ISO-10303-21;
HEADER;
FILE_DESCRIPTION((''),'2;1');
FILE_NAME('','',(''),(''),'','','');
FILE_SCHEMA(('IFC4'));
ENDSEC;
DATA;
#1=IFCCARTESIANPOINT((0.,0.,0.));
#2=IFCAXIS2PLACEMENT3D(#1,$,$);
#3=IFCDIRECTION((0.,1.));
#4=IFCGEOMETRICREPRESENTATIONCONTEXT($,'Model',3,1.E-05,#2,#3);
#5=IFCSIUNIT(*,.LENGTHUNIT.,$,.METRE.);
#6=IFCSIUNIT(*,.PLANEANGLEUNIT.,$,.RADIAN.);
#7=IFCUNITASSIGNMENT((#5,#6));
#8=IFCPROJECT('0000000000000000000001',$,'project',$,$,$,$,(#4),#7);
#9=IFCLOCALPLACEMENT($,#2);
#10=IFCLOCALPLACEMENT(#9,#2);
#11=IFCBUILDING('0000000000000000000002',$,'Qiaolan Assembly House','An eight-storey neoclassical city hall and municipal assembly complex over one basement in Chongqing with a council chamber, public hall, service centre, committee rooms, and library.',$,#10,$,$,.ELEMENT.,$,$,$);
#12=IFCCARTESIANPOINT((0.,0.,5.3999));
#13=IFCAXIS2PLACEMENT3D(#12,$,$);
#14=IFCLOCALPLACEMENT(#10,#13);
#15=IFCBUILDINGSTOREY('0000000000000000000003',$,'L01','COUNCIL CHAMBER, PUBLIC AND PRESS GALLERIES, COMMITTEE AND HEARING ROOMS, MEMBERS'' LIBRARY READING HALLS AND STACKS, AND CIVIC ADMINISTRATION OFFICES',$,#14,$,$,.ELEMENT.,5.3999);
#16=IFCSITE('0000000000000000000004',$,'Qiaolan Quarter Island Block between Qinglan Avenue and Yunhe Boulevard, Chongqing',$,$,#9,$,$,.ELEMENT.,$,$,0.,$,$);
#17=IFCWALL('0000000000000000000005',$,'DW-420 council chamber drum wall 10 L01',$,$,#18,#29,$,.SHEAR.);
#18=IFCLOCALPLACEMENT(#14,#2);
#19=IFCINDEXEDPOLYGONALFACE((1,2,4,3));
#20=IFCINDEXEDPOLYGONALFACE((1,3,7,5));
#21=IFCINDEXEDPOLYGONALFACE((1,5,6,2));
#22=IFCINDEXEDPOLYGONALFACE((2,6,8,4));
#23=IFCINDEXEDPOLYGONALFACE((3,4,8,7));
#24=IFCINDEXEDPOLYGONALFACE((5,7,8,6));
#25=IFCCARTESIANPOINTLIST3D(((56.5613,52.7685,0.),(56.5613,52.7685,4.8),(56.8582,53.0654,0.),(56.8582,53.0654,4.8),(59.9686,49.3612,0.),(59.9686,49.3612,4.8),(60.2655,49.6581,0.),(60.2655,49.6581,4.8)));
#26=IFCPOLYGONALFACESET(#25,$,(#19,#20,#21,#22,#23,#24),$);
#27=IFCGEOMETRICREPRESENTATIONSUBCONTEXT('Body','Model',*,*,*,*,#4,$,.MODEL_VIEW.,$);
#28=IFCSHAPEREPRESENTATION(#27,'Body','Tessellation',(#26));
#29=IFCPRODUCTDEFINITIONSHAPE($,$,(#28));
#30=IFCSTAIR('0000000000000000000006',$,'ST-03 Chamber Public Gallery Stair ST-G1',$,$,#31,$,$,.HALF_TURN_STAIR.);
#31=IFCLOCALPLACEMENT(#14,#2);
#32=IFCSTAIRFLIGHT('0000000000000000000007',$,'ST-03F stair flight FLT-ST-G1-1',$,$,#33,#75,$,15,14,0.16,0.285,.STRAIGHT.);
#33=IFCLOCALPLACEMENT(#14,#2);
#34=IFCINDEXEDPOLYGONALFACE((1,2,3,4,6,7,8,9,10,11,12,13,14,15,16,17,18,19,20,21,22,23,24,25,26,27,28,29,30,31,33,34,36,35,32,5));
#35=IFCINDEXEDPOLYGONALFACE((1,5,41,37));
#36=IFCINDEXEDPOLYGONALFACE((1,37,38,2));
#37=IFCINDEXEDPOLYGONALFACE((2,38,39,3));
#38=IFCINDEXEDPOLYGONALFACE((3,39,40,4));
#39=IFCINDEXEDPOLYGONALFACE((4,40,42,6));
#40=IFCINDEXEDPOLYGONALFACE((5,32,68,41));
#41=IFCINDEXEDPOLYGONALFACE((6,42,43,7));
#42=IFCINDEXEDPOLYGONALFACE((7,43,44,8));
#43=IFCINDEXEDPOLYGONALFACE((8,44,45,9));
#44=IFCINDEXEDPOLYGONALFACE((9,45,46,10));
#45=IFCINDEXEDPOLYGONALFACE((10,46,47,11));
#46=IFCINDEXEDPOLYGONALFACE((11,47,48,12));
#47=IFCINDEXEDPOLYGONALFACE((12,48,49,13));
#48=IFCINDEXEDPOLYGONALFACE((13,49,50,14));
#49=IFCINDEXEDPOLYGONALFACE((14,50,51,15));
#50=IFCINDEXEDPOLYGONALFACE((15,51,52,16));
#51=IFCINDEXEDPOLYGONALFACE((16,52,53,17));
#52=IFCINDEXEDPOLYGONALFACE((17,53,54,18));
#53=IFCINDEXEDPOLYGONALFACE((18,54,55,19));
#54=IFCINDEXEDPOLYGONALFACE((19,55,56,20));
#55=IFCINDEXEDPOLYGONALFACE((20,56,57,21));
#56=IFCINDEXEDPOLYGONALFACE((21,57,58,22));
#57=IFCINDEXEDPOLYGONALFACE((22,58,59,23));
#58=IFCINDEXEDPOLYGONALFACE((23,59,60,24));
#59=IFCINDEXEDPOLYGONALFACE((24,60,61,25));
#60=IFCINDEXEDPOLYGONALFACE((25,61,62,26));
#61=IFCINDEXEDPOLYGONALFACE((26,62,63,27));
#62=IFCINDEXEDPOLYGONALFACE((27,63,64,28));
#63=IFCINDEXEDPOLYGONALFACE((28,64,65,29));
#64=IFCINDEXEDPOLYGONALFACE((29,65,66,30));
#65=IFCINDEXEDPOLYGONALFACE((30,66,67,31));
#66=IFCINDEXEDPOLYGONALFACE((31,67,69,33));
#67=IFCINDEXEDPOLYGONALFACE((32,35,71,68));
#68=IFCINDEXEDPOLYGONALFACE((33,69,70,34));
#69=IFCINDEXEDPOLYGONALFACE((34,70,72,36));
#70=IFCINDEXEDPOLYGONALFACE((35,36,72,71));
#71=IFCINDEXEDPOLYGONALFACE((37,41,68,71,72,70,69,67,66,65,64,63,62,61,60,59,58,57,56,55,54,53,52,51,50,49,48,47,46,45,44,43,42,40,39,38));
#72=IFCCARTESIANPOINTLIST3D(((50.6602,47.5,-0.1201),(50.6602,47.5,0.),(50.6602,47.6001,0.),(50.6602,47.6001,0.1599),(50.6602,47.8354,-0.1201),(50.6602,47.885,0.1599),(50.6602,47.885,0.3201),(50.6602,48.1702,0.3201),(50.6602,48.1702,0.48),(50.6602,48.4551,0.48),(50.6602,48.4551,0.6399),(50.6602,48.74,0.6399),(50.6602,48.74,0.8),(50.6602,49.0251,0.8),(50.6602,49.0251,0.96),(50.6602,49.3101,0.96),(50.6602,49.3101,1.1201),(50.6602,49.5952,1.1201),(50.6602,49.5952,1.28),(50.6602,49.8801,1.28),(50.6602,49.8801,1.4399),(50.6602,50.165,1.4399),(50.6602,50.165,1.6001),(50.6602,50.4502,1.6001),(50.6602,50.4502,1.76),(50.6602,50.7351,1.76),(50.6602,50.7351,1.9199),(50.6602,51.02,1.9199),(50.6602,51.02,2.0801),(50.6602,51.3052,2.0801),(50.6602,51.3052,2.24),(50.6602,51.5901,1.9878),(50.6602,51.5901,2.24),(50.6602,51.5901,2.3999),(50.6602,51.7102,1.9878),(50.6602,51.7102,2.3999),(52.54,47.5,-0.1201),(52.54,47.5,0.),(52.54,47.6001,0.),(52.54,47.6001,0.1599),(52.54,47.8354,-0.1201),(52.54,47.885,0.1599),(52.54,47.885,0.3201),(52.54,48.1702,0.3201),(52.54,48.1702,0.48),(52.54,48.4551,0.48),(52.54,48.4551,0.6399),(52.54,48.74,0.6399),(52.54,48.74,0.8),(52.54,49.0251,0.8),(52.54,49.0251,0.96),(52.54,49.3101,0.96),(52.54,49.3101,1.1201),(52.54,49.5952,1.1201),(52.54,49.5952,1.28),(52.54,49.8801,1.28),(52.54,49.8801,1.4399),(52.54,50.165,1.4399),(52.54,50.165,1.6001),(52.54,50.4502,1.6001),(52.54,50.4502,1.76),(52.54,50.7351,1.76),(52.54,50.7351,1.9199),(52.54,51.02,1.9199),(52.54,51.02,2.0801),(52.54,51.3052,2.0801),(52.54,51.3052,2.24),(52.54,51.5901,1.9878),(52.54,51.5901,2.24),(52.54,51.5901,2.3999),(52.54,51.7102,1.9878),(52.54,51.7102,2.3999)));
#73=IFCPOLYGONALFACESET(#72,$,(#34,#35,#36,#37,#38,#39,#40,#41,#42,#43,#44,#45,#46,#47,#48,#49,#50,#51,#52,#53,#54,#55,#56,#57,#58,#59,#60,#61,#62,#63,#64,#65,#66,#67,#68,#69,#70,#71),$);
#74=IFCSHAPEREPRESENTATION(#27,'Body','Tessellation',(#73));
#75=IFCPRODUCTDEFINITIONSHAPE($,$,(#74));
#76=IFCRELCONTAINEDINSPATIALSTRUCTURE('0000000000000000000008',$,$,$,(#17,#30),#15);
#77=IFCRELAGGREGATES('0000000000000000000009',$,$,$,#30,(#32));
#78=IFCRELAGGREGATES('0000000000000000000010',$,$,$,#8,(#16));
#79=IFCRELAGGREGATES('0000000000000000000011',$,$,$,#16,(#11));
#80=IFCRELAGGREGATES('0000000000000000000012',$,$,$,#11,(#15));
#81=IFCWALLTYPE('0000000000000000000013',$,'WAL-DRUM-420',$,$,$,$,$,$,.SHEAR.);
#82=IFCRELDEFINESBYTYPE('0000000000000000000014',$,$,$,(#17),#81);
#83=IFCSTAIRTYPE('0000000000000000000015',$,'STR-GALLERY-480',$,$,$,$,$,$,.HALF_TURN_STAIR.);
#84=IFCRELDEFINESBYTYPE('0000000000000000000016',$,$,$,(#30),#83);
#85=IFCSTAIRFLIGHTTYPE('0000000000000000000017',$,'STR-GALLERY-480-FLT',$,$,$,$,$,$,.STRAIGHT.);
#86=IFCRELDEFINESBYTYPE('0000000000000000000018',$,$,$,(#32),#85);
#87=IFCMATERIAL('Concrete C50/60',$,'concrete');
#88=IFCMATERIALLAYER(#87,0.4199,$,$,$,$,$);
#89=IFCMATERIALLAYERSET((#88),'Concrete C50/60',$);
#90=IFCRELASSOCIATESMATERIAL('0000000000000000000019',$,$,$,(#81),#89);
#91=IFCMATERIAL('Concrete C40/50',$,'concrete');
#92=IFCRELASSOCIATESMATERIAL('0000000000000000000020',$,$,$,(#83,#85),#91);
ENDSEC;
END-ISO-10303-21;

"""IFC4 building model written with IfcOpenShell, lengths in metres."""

from ifc_helpers import new_model, si_unit, direction, frame, frame_2d, origin, place, context, subcontext, project, spatial, polyline, rectangle, outline, extrude, material, layer, layer_set, type_object, element, aggregate, save


model = new_model("IFC4")

# Units and contexts
model_context = context("Model", 3, precision=1e-05, world=origin(), true_north=direction((0.0, 1.0)))
body_context = subcontext(model_context, "Body", "Model", "MODEL_VIEW")
ifc_project = project(units=[si_unit("LENGTHUNIT", "METRE"), si_unit("PLANEANGLEUNIT", "RADIAN")], contexts=[model_context])

# Site, building, storey
site_placement = place(None, origin())
site = spatial("IfcSite", under=ifc_project, at=site_placement, Name="Qiaolan Quarter Island Block between Qinglan Avenue and Yunhe Boulevard, Chongqing", CompositionType="ELEMENT", RefElevation=0.0)
building_placement = place(site_placement, origin())
building = spatial("IfcBuilding", under=site, at=building_placement, Name="Qiaolan Assembly House", Description="An eight-storey neoclassical city hall and municipal assembly complex over one basement in Chongqing with a council chamber, public hall, service centre, committee rooms, and library.", CompositionType="ELEMENT")
storey_placement = place(building_placement, frame((0.0, 0.0, 5.3999)))
storey = spatial("IfcBuildingStorey", under=building, at=storey_placement, Name="L01", Description="COUNCIL CHAMBER, PUBLIC AND PRESS GALLERIES, COMMITTEE AND HEARING ROOMS, MEMBERS' LIBRARY READING HALLS AND STACKS, AND CIVIC ADMINISTRATION OFFICES", CompositionType="ELEMENT", Elevation=5.3999)

# Shared definitions
ifc_material_1 = material(Name="Concrete C50/60", Category="concrete")

# Shared definitions
ifc_material_2 = material(Name="Concrete C40/50", Category="concrete")

# Wall
ifc_layer_1 = layer(ifc_material_1, 0.4199)
ifc_layer_set_1 = layer_set([ifc_layer_1], Name="Concrete C50/60")
wall_type = type_object("IfcWallType", Name="WAL-DRUM-420", PredefinedType="SHEAR", material=ifc_layer_set_1)
wall_placement = place(storey_placement, frame((60.1169, 49.5098, 0.0), z_axis=(0.0, 0.0, 1.0), x_axis=(-0.707107, 0.707107, 0.0)))
element("IfcWall", 1, at=wall_placement, inside=storey, type_object=wall_type, Name="DW-420 council chamber drum wall 10 L01", PredefinedType="SHEAR", context=body_context, shape_type="SweptSolid", body=[
    extrude(rectangle(XDim=4.8186, YDim=0.4199, at=frame_2d((2.4092, 0.0))), origin(), (0.0, 0.0, 1.0), 4.8),
])

# Stair, stair flight
stair_type = type_object("IfcStairType", Name="STR-GALLERY-480", PredefinedType="HALF_TURN_STAIR", material=ifc_material_2)
stair_placement = place(storey_placement, origin())
stair = element("IfcStair", 2, at=stair_placement, inside=storey, type_object=stair_type, Name="ST-03 Chamber Public Gallery Stair ST-G1", PredefinedType="HALF_TURN_STAIR")
stair_flight_type = type_object("IfcStairFlightType", Name="STR-GALLERY-480-FLT", PredefinedType="STRAIGHT", material=ifc_material_2)
stair_flight_placement = place(storey_placement, frame((51.6001, 47.6001, 0.0), z_axis=(0.0, 0.0, 1.0), x_axis=(0.0, 1.0, 0.0)))
stair_flight = element("IfcStairFlight", 3, at=stair_flight_placement, type_object=stair_flight_type, Name="ST-03F stair flight FLT-ST-G1-1", NumberOfRisers=15, NumberOfTreads=14, PredefinedType="STRAIGHT", RiserHeight=0.16, TreadLength=0.285, context=body_context, shape_type="SweptSolid", body=[
    extrude(outline(polyline([(-0.1001, -0.1201), (-0.1001, 0.0), (0.0, 0.0), (0.0, 0.1599), (0.2849, 0.1599), (0.2849, 0.3201), (0.5701, 0.3201), (0.5701, 0.48), (0.855, 0.48), (0.855, 0.6399), (1.1399, 0.6399), (1.1399, 0.8), (1.425, 0.8), (1.425, 0.96), (1.71, 0.96), (1.71, 1.1201), (1.9951, 1.1201), (1.9951, 1.28), (2.28, 1.28), (2.28, 1.4399), (2.5649, 1.4399), (2.5649, 1.6001), (2.8501, 1.6001), (2.8501, 1.76), (3.135, 1.76), (3.135, 1.9199), (3.4199, 1.9199), (3.4199, 2.0801), (3.7051, 2.0801), (3.7051, 2.24), (3.99, 2.24), (3.99, 2.3999), (4.1101, 2.3999), (4.1101, 1.9878), (3.99, 1.9878), (0.2354, -0.1201), (-0.1001, -0.1201)])), frame((0.0, 0.9399, 0.0), z_axis=(0.0, -1.0, 0.0), x_axis=(1.0, 0.0, 0.0)), (0.0, 0.0, 1.0), 1.8799),
])
aggregate(stair, [stair_flight])

save(model, "model.ifc")
